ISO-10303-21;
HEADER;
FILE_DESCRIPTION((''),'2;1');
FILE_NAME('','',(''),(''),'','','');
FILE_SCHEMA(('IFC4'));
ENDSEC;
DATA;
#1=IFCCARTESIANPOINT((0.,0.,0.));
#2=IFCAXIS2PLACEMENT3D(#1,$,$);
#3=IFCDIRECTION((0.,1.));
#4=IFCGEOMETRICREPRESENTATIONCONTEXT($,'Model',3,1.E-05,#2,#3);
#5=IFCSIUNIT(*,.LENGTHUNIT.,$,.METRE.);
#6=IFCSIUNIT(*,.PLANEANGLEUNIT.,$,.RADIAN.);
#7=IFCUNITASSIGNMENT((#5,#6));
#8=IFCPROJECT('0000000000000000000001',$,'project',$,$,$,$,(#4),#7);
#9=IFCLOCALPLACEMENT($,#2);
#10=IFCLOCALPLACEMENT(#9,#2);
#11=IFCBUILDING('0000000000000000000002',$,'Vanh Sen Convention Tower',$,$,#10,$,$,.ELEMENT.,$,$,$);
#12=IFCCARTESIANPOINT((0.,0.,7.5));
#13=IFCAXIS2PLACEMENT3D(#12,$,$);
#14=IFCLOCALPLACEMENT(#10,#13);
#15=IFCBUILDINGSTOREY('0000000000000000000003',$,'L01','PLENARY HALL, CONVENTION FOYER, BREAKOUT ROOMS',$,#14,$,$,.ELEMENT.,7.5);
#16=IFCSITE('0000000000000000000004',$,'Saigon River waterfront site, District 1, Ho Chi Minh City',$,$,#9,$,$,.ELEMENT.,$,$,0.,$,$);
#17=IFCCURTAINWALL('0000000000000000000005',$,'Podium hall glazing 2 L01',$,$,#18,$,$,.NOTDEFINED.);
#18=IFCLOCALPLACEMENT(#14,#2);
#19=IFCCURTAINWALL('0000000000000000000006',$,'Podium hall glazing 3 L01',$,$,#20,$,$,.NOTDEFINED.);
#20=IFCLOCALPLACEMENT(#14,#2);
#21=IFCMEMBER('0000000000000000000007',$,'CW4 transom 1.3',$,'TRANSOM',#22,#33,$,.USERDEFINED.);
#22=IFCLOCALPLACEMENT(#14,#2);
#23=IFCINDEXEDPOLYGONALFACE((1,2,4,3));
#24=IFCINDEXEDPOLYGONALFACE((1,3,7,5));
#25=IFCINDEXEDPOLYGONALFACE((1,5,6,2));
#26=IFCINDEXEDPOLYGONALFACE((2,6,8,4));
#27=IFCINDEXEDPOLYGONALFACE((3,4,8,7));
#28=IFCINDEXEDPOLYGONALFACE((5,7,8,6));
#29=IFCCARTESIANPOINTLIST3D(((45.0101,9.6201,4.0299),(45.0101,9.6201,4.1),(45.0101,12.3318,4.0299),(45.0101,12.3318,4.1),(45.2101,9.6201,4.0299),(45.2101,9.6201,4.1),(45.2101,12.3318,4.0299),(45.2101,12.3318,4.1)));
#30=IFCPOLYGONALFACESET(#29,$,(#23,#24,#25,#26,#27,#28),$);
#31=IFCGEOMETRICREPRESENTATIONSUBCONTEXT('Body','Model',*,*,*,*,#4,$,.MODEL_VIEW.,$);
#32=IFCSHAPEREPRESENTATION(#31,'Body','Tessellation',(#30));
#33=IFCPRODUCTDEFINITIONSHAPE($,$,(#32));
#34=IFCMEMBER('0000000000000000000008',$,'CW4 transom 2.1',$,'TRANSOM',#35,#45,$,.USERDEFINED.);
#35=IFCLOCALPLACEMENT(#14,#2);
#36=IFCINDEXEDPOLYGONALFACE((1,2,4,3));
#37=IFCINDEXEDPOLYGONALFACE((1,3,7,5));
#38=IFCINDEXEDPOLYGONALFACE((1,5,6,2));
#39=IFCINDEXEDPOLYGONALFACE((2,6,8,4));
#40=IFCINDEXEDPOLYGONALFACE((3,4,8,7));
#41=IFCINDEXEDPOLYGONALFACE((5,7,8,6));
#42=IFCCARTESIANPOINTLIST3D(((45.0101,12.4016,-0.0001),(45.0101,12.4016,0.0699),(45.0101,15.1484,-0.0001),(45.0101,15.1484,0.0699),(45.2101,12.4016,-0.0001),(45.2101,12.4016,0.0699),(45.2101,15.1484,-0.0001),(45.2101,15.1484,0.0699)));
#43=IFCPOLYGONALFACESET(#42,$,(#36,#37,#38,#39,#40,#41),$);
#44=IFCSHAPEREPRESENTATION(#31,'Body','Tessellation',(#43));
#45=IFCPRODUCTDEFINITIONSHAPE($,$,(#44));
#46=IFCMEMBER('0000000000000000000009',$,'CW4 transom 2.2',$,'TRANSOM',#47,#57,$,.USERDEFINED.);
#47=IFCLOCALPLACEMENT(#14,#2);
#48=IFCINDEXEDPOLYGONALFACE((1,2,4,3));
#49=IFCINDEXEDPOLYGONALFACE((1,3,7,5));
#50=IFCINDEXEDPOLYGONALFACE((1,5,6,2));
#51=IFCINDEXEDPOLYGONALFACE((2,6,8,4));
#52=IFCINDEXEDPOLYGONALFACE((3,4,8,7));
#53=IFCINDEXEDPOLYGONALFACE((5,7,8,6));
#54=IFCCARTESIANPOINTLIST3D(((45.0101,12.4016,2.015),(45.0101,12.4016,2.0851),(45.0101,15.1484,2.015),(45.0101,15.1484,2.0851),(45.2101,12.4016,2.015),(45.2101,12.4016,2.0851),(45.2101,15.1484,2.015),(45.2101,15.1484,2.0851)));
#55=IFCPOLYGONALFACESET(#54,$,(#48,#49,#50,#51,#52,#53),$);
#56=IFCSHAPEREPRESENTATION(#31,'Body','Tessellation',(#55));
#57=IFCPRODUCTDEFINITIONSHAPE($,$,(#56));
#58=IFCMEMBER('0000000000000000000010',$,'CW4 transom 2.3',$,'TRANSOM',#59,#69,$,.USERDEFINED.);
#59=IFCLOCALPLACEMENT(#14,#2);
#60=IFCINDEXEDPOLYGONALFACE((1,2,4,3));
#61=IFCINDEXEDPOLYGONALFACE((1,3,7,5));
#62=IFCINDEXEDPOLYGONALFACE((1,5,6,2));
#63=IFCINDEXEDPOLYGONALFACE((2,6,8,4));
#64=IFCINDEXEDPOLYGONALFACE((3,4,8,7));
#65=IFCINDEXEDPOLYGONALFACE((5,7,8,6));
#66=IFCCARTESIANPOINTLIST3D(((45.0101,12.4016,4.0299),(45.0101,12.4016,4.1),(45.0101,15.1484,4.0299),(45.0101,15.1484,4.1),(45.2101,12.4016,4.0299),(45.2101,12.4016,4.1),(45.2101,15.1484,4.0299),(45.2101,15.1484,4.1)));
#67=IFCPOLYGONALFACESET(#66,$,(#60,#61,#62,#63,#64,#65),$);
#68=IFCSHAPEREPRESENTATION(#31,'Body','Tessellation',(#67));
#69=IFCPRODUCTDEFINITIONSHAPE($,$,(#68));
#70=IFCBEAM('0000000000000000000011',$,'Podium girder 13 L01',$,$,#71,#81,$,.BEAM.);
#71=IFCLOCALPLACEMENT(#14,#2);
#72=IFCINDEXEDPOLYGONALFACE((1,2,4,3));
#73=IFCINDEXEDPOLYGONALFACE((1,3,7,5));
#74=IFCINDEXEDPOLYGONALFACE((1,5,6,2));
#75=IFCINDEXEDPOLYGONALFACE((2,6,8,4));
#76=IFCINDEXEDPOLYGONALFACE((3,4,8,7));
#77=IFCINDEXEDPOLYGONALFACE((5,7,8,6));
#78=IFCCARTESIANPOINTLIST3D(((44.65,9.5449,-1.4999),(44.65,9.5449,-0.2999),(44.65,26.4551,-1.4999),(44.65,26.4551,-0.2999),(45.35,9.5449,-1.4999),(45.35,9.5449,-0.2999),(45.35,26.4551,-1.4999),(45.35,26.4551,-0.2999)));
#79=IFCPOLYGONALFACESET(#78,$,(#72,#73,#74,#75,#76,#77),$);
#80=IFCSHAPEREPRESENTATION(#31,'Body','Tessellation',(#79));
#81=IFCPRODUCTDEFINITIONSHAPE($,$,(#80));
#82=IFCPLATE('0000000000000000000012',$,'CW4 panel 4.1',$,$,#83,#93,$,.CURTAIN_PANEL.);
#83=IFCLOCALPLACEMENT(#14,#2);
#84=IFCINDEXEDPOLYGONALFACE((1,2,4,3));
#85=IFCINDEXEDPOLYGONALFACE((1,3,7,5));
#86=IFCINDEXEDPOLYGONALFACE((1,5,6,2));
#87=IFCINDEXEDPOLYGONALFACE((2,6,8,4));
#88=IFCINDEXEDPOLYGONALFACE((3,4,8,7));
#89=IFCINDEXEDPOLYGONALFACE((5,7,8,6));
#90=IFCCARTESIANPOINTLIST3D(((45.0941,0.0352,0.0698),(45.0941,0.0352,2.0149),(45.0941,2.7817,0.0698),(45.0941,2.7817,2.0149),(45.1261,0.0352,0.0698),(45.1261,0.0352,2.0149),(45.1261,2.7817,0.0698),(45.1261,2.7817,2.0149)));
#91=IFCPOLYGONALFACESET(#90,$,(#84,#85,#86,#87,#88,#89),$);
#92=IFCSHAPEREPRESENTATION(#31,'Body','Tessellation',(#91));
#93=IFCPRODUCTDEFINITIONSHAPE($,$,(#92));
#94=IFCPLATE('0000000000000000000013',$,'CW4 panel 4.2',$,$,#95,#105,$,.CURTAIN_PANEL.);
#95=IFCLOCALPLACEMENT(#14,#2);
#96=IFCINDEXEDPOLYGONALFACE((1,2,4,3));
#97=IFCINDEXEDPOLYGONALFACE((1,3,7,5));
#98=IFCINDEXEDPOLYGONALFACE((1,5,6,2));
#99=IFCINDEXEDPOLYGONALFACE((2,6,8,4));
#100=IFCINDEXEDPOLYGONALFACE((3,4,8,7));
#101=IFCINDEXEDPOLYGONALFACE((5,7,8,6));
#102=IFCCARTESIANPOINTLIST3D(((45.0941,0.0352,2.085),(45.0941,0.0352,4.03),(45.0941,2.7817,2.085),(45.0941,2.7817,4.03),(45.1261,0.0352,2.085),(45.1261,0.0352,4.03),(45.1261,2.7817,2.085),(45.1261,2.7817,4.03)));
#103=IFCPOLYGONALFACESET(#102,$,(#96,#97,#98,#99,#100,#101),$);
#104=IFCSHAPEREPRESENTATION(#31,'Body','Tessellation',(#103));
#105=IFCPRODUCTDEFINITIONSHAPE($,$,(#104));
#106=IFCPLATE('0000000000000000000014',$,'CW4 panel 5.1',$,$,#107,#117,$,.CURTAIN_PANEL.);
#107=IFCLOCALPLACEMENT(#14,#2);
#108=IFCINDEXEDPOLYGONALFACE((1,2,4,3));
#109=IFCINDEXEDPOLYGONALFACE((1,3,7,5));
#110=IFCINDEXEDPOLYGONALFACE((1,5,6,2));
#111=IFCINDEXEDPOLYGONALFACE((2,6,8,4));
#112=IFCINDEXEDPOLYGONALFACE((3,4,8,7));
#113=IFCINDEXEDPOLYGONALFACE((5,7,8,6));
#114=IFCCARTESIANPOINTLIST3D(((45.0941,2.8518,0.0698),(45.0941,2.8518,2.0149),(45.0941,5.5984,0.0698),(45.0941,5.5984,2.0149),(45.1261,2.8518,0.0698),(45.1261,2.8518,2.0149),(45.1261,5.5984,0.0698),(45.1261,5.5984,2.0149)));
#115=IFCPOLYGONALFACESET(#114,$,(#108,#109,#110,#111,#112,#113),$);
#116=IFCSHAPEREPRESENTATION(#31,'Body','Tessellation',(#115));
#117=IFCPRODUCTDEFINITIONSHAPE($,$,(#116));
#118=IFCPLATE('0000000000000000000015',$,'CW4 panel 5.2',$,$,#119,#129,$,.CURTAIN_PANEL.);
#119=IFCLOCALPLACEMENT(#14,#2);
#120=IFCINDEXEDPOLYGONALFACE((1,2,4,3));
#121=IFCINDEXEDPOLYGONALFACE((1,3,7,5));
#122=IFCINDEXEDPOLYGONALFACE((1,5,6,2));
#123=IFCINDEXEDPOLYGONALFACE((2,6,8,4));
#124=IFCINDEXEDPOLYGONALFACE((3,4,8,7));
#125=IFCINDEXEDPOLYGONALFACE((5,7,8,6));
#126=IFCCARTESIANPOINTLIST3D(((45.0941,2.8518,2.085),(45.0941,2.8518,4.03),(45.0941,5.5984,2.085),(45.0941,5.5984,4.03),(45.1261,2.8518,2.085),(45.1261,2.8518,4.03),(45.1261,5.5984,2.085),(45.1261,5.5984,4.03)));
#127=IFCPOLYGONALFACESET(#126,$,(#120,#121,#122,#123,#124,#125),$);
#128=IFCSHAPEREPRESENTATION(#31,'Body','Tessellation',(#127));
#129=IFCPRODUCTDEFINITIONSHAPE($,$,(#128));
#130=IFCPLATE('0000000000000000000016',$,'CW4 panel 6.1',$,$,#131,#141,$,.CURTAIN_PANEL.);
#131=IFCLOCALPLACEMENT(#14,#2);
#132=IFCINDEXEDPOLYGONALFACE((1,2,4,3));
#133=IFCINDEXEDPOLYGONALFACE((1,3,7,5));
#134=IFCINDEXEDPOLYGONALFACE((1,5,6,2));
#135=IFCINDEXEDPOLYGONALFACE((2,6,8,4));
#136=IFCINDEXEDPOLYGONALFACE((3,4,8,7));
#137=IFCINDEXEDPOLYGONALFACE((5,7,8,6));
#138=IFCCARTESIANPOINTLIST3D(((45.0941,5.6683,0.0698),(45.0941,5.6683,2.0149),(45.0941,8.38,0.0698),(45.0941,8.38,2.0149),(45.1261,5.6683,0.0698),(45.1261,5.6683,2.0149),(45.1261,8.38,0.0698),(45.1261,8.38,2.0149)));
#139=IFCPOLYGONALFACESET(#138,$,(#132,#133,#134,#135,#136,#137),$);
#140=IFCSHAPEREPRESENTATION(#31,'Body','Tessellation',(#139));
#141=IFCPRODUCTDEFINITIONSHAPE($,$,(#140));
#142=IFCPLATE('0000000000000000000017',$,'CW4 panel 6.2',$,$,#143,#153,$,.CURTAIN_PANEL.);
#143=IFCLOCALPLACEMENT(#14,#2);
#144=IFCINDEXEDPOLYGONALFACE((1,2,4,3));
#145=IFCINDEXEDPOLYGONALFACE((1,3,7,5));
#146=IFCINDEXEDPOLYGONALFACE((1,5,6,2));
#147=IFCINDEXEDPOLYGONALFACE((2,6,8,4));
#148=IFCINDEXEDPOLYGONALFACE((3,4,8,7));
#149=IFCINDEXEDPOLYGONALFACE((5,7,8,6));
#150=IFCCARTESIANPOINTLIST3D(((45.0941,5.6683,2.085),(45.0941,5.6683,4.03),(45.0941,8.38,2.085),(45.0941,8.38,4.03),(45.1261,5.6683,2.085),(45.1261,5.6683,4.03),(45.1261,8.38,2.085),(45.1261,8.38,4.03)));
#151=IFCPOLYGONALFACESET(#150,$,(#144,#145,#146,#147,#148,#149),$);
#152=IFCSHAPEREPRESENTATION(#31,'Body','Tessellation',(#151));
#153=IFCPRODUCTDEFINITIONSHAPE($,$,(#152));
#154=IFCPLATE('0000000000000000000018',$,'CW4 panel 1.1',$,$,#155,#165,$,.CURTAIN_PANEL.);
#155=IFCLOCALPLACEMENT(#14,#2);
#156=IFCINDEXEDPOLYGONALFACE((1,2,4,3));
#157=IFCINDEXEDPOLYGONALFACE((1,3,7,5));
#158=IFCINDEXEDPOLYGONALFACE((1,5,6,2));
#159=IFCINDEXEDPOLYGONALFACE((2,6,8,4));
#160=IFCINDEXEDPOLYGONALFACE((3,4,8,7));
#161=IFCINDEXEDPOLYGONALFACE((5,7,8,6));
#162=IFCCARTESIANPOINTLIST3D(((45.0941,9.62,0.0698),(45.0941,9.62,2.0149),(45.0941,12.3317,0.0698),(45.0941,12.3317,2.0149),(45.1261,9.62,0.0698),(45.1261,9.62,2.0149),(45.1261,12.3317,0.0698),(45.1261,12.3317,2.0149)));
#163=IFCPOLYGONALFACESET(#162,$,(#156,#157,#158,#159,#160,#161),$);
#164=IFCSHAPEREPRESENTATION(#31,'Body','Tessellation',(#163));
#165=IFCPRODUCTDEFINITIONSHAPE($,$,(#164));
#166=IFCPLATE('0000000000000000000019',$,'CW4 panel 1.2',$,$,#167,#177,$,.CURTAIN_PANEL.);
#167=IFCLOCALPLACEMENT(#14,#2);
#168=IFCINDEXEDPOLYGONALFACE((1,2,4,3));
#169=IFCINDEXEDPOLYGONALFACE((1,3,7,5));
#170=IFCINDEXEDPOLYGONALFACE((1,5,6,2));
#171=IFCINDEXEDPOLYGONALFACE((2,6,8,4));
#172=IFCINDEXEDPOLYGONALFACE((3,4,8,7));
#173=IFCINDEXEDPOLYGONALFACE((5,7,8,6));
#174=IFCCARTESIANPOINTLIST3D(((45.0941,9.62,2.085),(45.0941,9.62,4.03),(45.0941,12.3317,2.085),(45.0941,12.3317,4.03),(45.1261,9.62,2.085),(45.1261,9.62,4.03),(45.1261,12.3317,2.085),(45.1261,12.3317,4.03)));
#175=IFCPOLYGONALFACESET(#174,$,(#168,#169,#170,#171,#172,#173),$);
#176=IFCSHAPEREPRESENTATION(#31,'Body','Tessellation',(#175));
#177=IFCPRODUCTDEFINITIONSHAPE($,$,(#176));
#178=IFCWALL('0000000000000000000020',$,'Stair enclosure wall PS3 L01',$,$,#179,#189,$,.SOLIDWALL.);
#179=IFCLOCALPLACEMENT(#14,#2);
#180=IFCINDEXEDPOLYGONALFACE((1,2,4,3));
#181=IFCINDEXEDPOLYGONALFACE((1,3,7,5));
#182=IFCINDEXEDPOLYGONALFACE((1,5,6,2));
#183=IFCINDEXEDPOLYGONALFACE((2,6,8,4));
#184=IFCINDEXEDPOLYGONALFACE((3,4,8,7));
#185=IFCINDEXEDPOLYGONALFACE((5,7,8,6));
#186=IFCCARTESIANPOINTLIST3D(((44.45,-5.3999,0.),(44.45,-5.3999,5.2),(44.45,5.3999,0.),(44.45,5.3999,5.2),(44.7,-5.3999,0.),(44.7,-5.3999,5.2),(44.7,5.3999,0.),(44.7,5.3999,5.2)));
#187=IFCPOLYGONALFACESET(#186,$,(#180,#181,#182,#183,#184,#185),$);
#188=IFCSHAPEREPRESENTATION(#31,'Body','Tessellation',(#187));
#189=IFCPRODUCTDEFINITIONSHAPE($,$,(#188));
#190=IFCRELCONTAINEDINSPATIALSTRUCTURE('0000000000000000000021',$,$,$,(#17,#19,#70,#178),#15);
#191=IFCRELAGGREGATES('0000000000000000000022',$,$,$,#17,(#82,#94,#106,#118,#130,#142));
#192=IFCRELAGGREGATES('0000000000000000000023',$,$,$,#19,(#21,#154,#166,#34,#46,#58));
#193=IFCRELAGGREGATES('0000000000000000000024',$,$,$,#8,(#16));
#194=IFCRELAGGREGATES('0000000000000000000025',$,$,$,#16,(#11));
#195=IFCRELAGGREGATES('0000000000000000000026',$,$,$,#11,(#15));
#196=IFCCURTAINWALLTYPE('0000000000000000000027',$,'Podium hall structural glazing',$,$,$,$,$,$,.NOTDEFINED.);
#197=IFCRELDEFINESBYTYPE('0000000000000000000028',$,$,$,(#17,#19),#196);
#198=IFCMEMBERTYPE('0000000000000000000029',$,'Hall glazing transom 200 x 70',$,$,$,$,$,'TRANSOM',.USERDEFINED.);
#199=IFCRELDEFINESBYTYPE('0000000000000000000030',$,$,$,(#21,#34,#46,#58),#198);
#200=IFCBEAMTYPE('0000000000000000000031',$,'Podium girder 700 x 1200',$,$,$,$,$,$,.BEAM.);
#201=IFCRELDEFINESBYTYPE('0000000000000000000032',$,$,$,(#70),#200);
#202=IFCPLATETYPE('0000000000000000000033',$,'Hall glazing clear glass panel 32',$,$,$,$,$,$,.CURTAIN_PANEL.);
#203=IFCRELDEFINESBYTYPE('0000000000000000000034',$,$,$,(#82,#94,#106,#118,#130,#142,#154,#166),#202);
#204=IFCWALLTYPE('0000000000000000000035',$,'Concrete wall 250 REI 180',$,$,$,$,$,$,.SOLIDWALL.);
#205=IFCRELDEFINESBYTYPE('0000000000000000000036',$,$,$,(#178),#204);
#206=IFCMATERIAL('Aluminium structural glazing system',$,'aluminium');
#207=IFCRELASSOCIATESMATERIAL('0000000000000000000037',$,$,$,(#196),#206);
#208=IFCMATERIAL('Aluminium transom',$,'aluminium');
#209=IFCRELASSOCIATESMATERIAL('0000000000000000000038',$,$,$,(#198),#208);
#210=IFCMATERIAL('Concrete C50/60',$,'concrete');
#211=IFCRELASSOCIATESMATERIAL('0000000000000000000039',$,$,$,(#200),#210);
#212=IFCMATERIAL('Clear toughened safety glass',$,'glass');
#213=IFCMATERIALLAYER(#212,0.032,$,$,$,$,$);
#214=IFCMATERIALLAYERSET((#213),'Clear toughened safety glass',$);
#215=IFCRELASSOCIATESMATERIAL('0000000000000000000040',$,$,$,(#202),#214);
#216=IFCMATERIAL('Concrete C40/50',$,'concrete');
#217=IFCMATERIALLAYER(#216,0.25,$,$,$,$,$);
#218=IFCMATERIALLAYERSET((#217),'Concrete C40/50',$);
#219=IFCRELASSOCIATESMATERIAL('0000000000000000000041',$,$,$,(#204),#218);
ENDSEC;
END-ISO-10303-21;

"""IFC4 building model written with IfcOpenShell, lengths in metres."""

from ifc_helpers import new_model, si_unit, direction, frame, frame_2d, origin, origin_2d, place, context, subcontext, project, spatial, rectangle, extrude, material, layer, layer_set, material_profile, profile_set, type_object, element, aggregate, save


model = new_model("IFC4")

# Units and contexts
model_context = context("Model", 3, precision=1e-05, world=origin(), true_north=direction((0.0, 1.0)))
body_context = subcontext(model_context, "Body", "Model", "MODEL_VIEW")
ifc_project = project(units=[si_unit("LENGTHUNIT", "METRE"), si_unit("PLANEANGLEUNIT", "RADIAN")], contexts=[model_context])

# Site, building, storey
site_placement = place(None, origin())
site = spatial("IfcSite", under=ifc_project, at=site_placement, Name="Saigon River waterfront site, District 1, Ho Chi Minh City", CompositionType="ELEMENT", RefElevation=0.0)
building_placement = place(site_placement, origin())
building = spatial("IfcBuilding", under=site, at=building_placement, Name="Vanh Sen Convention Tower", CompositionType="ELEMENT")
storey_placement = place(building_placement, frame((0.0, 0.0, 7.5)))
storey = spatial("IfcBuildingStorey", under=building, at=storey_placement, Name="L01", Description="PLENARY HALL, CONVENTION FOYER, BREAKOUT ROOMS", CompositionType="ELEMENT", Elevation=7.5)

# Curtain walls
ifc_material_1 = material(Name="Aluminium structural glazing system", Category="aluminium")
curtain_wall_type = type_object("IfcCurtainWallType", Name="Podium hall structural glazing", PredefinedType="NOTDEFINED", material=ifc_material_1)
curtain_wall_1_placement = place(storey_placement, origin())
curtain_wall_1 = element("IfcCurtainWall", 1, at=curtain_wall_1_placement, inside=storey, type_object=curtain_wall_type, Name="Podium hall glazing 2 L01", PredefinedType="NOTDEFINED")
curtain_wall_2_placement = place(storey_placement, origin())
curtain_wall_2 = element("IfcCurtainWall", 2, at=curtain_wall_2_placement, inside=storey, type_object=curtain_wall_type, Name="Podium hall glazing 3 L01", PredefinedType="NOTDEFINED")

# Members
ifc_material_2 = material(Name="Aluminium transom", Category="aluminium")
ifc_material_profile_1 = material_profile(ifc_material_2, rectangle(XDim=0.2, YDim=0.0701, at=origin_2d()), Name="Hall glazing transom 200 x 70")
ifc_profile_set_1 = profile_set([ifc_material_profile_1], Name="Aluminium transom")
member_type_1 = type_object("IfcMemberType", Name="Hall glazing transom 200 x 70", ElementType="TRANSOM", PredefinedType="USERDEFINED", material=ifc_profile_set_1)
member_1_placement = place(storey_placement, frame((45.1101, 9.6201, 4.0649), z_axis=(0.0, 1.0, 0.0), x_axis=(-1.0, 0.0, 0.0)))
member_1 = element("IfcMember", 3, at=member_1_placement, type_object=member_type_1, Name="CW4 transom 1.3", ObjectType="TRANSOM", PredefinedType="USERDEFINED", context=body_context, shape_type="SweptSolid", body=[
    extrude(rectangle(XDim=0.2, YDim=0.0701, at=origin_2d()), origin(), (0.0, 0.0, 1.0), 2.7117),
])
member_2_placement = place(storey_placement, frame((45.1101, 12.4016, 0.0349), z_axis=(0.0, 1.0, 0.0), x_axis=(-1.0, 0.0, 0.0)))
member_2 = element("IfcMember", 4, at=member_2_placement, type_object=member_type_1, Name="CW4 transom 2.1", ObjectType="TRANSOM", PredefinedType="USERDEFINED", context=body_context, shape_type="SweptSolid", body=[
    extrude(rectangle(XDim=0.2, YDim=0.0701, at=origin_2d()), origin(), (0.0, 0.0, 1.0), 2.7468),
])
member_3_placement = place(storey_placement, frame((45.1101, 12.4016, 2.05), z_axis=(0.0, 1.0, 0.0), x_axis=(-1.0, 0.0, 0.0)))
member_3 = element("IfcMember", 5, at=member_3_placement, type_object=member_type_1, Name="CW4 transom 2.2", ObjectType="TRANSOM", PredefinedType="USERDEFINED", context=body_context, shape_type="SweptSolid", body=[
    extrude(rectangle(XDim=0.2, YDim=0.0701, at=origin_2d()), origin(), (0.0, 0.0, 1.0), 2.7468),
])
member_4_placement = place(storey_placement, frame((45.1101, 12.4016, 4.0649), z_axis=(0.0, 1.0, 0.0), x_axis=(-1.0, 0.0, 0.0)))
member_4 = element("IfcMember", 6, at=member_4_placement, type_object=member_type_1, Name="CW4 transom 2.3", ObjectType="TRANSOM", PredefinedType="USERDEFINED", context=body_context, shape_type="SweptSolid", body=[
    extrude(rectangle(XDim=0.2, YDim=0.0701, at=origin_2d()), origin(), (0.0, 0.0, 1.0), 2.7468),
])

# Beam
ifc_material_3 = material(Name="Concrete C50/60", Category="concrete")
ifc_material_profile_2 = material_profile(ifc_material_3, rectangle(XDim=0.7, YDim=1.2, at=origin_2d()), Name="RC 700X1200")
ifc_profile_set_2 = profile_set([ifc_material_profile_2], Name="Concrete C50/60")
beam_type = type_object("IfcBeamType", Name="Podium girder 700 x 1200", PredefinedType="BEAM", material=ifc_profile_set_2)
beam_placement = place(storey_placement, frame((45.0, 9.5449, -0.8999), z_axis=(0.0, 1.0, 0.0), x_axis=(-1.0, 0.0, 0.0)))
element("IfcBeam", 7, at=beam_placement, inside=storey, type_object=beam_type, Name="Podium girder 13 L01", PredefinedType="BEAM", context=body_context, shape_type="SweptSolid", body=[
    extrude(rectangle(XDim=0.7, YDim=1.2, at=origin_2d()), origin(), (0.0, 0.0, 1.0), 16.9102),
])

# Plates
ifc_material_4 = material(Name="Clear toughened safety glass", Category="glass")
ifc_layer_1 = layer(ifc_material_4, 0.032)
ifc_layer_set_1 = layer_set([ifc_layer_1], Name="Clear toughened safety glass")
plate_type = type_object("IfcPlateType", Name="Hall glazing clear glass panel 32", PredefinedType="CURTAIN_PANEL", material=ifc_layer_set_1)
plate_1_placement = place(storey_placement, frame((45.1101, 1.4084, 0.0698), z_axis=(0.0, 0.0, 1.0), x_axis=(0.0, 1.0, 0.0)))
plate_1 = element("IfcPlate", 8, at=plate_1_placement, type_object=plate_type, Name="CW4 panel 4.1", PredefinedType="CURTAIN_PANEL", context=body_context, shape_type="SweptSolid", body=[
    extrude(rectangle(XDim=2.7466, YDim=0.032, at=origin_2d()), origin(), (0.0, 0.0, 1.0), 1.9451),
])
plate_2_placement = place(storey_placement, frame((45.1101, 1.4084, 2.085), z_axis=(0.0, 0.0, 1.0), x_axis=(0.0, 1.0, 0.0)))
plate_2 = element("IfcPlate", 9, at=plate_2_placement, type_object=plate_type, Name="CW4 panel 4.2", PredefinedType="CURTAIN_PANEL", context=body_context, shape_type="SweptSolid", body=[
    extrude(rectangle(XDim=2.7466, YDim=0.032, at=origin_2d()), origin(), (0.0, 0.0, 1.0), 1.9451),
])
plate_3_placement = place(storey_placement, frame((45.1101, 4.2251, 0.0698), z_axis=(0.0, 0.0, 1.0), x_axis=(0.0, 1.0, 0.0)))
plate_3 = element("IfcPlate", 10, at=plate_3_placement, type_object=plate_type, Name="CW4 panel 5.1", PredefinedType="CURTAIN_PANEL", context=body_context, shape_type="SweptSolid", body=[
    extrude(rectangle(XDim=2.7466, YDim=0.032, at=origin_2d()), origin(), (0.0, 0.0, 1.0), 1.9451),
])
plate_4_placement = place(storey_placement, frame((45.1101, 4.2251, 2.085), z_axis=(0.0, 0.0, 1.0), x_axis=(0.0, 1.0, 0.0)))
plate_4 = element("IfcPlate", 11, at=plate_4_placement, type_object=plate_type, Name="CW4 panel 5.2", PredefinedType="CURTAIN_PANEL", context=body_context, shape_type="SweptSolid", body=[
    extrude(rectangle(XDim=2.7466, YDim=0.032, at=origin_2d()), origin(), (0.0, 0.0, 1.0), 1.9451),
])
plate_5_placement = place(storey_placement, frame((45.1101, 7.0242, 0.0698), z_axis=(0.0, 0.0, 1.0), x_axis=(0.0, 1.0, 0.0)))
plate_5 = element("IfcPlate", 12, at=plate_5_placement, type_object=plate_type, Name="CW4 panel 6.1", PredefinedType="CURTAIN_PANEL", context=body_context, shape_type="SweptSolid", body=[
    extrude(rectangle(XDim=2.7117, YDim=0.032, at=origin_2d()), origin(), (0.0, 0.0, 1.0), 1.9451),
])
plate_6_placement = place(storey_placement, frame((45.1101, 7.0242, 2.085), z_axis=(0.0, 0.0, 1.0), x_axis=(0.0, 1.0, 0.0)))
plate_6 = element("IfcPlate", 13, at=plate_6_placement, type_object=plate_type, Name="CW4 panel 6.2", PredefinedType="CURTAIN_PANEL", context=body_context, shape_type="SweptSolid", body=[
    extrude(rectangle(XDim=2.7117, YDim=0.032, at=origin_2d()), origin(), (0.0, 0.0, 1.0), 1.9451),
])
aggregate(curtain_wall_1, [plate_1, plate_2, plate_3, plate_4, plate_5, plate_6])
plate_7_placement = place(storey_placement, frame((45.1101, 10.9758, 0.0698), z_axis=(0.0, 0.0, 1.0), x_axis=(0.0, 1.0, 0.0)))
plate_7 = element("IfcPlate", 14, at=plate_7_placement, type_object=plate_type, Name="CW4 panel 1.1", PredefinedType="CURTAIN_PANEL", context=body_context, shape_type="SweptSolid", body=[
    extrude(rectangle(XDim=2.7117, YDim=0.032, at=origin_2d()), origin(), (0.0, 0.0, 1.0), 1.9451),
])
plate_8_placement = place(storey_placement, frame((45.1101, 10.9758, 2.085), z_axis=(0.0, 0.0, 1.0), x_axis=(0.0, 1.0, 0.0)))
plate_8 = element("IfcPlate", 15, at=plate_8_placement, type_object=plate_type, Name="CW4 panel 1.2", PredefinedType="CURTAIN_PANEL", context=body_context, shape_type="SweptSolid", body=[
    extrude(rectangle(XDim=2.7117, YDim=0.032, at=origin_2d()), origin(), (0.0, 0.0, 1.0), 1.9451),
])
aggregate(curtain_wall_2, [member_1, plate_7, plate_8, member_2, member_3, member_4])

# Wall
ifc_material_5 = material(Name="Concrete C40/50", Category="concrete")
ifc_layer_2 = layer(ifc_material_5, 0.25)
ifc_layer_set_2 = layer_set([ifc_layer_2], Name="Concrete C40/50")
wall_type = type_object("IfcWallType", Name="Concrete wall 250 REI 180", PredefinedType="SOLIDWALL", material=ifc_layer_set_2)
wall_placement = place(storey_placement, frame((44.575, 5.3999, 0.0), z_axis=(0.0, 0.0, 1.0), x_axis=(0.0, -1.0, 0.0)))
element("IfcWall", 16, at=wall_placement, inside=storey, type_object=wall_type, Name="Stair enclosure wall PS3 L01", PredefinedType="SOLIDWALL", context=body_context, shape_type="SweptSolid", body=[
    extrude(rectangle(XDim=10.7998, YDim=0.25, at=frame_2d((5.3999, 0.0))), origin(), (0.0, 0.0, 1.0), 5.2),
])

save(model, "model.ifc")
